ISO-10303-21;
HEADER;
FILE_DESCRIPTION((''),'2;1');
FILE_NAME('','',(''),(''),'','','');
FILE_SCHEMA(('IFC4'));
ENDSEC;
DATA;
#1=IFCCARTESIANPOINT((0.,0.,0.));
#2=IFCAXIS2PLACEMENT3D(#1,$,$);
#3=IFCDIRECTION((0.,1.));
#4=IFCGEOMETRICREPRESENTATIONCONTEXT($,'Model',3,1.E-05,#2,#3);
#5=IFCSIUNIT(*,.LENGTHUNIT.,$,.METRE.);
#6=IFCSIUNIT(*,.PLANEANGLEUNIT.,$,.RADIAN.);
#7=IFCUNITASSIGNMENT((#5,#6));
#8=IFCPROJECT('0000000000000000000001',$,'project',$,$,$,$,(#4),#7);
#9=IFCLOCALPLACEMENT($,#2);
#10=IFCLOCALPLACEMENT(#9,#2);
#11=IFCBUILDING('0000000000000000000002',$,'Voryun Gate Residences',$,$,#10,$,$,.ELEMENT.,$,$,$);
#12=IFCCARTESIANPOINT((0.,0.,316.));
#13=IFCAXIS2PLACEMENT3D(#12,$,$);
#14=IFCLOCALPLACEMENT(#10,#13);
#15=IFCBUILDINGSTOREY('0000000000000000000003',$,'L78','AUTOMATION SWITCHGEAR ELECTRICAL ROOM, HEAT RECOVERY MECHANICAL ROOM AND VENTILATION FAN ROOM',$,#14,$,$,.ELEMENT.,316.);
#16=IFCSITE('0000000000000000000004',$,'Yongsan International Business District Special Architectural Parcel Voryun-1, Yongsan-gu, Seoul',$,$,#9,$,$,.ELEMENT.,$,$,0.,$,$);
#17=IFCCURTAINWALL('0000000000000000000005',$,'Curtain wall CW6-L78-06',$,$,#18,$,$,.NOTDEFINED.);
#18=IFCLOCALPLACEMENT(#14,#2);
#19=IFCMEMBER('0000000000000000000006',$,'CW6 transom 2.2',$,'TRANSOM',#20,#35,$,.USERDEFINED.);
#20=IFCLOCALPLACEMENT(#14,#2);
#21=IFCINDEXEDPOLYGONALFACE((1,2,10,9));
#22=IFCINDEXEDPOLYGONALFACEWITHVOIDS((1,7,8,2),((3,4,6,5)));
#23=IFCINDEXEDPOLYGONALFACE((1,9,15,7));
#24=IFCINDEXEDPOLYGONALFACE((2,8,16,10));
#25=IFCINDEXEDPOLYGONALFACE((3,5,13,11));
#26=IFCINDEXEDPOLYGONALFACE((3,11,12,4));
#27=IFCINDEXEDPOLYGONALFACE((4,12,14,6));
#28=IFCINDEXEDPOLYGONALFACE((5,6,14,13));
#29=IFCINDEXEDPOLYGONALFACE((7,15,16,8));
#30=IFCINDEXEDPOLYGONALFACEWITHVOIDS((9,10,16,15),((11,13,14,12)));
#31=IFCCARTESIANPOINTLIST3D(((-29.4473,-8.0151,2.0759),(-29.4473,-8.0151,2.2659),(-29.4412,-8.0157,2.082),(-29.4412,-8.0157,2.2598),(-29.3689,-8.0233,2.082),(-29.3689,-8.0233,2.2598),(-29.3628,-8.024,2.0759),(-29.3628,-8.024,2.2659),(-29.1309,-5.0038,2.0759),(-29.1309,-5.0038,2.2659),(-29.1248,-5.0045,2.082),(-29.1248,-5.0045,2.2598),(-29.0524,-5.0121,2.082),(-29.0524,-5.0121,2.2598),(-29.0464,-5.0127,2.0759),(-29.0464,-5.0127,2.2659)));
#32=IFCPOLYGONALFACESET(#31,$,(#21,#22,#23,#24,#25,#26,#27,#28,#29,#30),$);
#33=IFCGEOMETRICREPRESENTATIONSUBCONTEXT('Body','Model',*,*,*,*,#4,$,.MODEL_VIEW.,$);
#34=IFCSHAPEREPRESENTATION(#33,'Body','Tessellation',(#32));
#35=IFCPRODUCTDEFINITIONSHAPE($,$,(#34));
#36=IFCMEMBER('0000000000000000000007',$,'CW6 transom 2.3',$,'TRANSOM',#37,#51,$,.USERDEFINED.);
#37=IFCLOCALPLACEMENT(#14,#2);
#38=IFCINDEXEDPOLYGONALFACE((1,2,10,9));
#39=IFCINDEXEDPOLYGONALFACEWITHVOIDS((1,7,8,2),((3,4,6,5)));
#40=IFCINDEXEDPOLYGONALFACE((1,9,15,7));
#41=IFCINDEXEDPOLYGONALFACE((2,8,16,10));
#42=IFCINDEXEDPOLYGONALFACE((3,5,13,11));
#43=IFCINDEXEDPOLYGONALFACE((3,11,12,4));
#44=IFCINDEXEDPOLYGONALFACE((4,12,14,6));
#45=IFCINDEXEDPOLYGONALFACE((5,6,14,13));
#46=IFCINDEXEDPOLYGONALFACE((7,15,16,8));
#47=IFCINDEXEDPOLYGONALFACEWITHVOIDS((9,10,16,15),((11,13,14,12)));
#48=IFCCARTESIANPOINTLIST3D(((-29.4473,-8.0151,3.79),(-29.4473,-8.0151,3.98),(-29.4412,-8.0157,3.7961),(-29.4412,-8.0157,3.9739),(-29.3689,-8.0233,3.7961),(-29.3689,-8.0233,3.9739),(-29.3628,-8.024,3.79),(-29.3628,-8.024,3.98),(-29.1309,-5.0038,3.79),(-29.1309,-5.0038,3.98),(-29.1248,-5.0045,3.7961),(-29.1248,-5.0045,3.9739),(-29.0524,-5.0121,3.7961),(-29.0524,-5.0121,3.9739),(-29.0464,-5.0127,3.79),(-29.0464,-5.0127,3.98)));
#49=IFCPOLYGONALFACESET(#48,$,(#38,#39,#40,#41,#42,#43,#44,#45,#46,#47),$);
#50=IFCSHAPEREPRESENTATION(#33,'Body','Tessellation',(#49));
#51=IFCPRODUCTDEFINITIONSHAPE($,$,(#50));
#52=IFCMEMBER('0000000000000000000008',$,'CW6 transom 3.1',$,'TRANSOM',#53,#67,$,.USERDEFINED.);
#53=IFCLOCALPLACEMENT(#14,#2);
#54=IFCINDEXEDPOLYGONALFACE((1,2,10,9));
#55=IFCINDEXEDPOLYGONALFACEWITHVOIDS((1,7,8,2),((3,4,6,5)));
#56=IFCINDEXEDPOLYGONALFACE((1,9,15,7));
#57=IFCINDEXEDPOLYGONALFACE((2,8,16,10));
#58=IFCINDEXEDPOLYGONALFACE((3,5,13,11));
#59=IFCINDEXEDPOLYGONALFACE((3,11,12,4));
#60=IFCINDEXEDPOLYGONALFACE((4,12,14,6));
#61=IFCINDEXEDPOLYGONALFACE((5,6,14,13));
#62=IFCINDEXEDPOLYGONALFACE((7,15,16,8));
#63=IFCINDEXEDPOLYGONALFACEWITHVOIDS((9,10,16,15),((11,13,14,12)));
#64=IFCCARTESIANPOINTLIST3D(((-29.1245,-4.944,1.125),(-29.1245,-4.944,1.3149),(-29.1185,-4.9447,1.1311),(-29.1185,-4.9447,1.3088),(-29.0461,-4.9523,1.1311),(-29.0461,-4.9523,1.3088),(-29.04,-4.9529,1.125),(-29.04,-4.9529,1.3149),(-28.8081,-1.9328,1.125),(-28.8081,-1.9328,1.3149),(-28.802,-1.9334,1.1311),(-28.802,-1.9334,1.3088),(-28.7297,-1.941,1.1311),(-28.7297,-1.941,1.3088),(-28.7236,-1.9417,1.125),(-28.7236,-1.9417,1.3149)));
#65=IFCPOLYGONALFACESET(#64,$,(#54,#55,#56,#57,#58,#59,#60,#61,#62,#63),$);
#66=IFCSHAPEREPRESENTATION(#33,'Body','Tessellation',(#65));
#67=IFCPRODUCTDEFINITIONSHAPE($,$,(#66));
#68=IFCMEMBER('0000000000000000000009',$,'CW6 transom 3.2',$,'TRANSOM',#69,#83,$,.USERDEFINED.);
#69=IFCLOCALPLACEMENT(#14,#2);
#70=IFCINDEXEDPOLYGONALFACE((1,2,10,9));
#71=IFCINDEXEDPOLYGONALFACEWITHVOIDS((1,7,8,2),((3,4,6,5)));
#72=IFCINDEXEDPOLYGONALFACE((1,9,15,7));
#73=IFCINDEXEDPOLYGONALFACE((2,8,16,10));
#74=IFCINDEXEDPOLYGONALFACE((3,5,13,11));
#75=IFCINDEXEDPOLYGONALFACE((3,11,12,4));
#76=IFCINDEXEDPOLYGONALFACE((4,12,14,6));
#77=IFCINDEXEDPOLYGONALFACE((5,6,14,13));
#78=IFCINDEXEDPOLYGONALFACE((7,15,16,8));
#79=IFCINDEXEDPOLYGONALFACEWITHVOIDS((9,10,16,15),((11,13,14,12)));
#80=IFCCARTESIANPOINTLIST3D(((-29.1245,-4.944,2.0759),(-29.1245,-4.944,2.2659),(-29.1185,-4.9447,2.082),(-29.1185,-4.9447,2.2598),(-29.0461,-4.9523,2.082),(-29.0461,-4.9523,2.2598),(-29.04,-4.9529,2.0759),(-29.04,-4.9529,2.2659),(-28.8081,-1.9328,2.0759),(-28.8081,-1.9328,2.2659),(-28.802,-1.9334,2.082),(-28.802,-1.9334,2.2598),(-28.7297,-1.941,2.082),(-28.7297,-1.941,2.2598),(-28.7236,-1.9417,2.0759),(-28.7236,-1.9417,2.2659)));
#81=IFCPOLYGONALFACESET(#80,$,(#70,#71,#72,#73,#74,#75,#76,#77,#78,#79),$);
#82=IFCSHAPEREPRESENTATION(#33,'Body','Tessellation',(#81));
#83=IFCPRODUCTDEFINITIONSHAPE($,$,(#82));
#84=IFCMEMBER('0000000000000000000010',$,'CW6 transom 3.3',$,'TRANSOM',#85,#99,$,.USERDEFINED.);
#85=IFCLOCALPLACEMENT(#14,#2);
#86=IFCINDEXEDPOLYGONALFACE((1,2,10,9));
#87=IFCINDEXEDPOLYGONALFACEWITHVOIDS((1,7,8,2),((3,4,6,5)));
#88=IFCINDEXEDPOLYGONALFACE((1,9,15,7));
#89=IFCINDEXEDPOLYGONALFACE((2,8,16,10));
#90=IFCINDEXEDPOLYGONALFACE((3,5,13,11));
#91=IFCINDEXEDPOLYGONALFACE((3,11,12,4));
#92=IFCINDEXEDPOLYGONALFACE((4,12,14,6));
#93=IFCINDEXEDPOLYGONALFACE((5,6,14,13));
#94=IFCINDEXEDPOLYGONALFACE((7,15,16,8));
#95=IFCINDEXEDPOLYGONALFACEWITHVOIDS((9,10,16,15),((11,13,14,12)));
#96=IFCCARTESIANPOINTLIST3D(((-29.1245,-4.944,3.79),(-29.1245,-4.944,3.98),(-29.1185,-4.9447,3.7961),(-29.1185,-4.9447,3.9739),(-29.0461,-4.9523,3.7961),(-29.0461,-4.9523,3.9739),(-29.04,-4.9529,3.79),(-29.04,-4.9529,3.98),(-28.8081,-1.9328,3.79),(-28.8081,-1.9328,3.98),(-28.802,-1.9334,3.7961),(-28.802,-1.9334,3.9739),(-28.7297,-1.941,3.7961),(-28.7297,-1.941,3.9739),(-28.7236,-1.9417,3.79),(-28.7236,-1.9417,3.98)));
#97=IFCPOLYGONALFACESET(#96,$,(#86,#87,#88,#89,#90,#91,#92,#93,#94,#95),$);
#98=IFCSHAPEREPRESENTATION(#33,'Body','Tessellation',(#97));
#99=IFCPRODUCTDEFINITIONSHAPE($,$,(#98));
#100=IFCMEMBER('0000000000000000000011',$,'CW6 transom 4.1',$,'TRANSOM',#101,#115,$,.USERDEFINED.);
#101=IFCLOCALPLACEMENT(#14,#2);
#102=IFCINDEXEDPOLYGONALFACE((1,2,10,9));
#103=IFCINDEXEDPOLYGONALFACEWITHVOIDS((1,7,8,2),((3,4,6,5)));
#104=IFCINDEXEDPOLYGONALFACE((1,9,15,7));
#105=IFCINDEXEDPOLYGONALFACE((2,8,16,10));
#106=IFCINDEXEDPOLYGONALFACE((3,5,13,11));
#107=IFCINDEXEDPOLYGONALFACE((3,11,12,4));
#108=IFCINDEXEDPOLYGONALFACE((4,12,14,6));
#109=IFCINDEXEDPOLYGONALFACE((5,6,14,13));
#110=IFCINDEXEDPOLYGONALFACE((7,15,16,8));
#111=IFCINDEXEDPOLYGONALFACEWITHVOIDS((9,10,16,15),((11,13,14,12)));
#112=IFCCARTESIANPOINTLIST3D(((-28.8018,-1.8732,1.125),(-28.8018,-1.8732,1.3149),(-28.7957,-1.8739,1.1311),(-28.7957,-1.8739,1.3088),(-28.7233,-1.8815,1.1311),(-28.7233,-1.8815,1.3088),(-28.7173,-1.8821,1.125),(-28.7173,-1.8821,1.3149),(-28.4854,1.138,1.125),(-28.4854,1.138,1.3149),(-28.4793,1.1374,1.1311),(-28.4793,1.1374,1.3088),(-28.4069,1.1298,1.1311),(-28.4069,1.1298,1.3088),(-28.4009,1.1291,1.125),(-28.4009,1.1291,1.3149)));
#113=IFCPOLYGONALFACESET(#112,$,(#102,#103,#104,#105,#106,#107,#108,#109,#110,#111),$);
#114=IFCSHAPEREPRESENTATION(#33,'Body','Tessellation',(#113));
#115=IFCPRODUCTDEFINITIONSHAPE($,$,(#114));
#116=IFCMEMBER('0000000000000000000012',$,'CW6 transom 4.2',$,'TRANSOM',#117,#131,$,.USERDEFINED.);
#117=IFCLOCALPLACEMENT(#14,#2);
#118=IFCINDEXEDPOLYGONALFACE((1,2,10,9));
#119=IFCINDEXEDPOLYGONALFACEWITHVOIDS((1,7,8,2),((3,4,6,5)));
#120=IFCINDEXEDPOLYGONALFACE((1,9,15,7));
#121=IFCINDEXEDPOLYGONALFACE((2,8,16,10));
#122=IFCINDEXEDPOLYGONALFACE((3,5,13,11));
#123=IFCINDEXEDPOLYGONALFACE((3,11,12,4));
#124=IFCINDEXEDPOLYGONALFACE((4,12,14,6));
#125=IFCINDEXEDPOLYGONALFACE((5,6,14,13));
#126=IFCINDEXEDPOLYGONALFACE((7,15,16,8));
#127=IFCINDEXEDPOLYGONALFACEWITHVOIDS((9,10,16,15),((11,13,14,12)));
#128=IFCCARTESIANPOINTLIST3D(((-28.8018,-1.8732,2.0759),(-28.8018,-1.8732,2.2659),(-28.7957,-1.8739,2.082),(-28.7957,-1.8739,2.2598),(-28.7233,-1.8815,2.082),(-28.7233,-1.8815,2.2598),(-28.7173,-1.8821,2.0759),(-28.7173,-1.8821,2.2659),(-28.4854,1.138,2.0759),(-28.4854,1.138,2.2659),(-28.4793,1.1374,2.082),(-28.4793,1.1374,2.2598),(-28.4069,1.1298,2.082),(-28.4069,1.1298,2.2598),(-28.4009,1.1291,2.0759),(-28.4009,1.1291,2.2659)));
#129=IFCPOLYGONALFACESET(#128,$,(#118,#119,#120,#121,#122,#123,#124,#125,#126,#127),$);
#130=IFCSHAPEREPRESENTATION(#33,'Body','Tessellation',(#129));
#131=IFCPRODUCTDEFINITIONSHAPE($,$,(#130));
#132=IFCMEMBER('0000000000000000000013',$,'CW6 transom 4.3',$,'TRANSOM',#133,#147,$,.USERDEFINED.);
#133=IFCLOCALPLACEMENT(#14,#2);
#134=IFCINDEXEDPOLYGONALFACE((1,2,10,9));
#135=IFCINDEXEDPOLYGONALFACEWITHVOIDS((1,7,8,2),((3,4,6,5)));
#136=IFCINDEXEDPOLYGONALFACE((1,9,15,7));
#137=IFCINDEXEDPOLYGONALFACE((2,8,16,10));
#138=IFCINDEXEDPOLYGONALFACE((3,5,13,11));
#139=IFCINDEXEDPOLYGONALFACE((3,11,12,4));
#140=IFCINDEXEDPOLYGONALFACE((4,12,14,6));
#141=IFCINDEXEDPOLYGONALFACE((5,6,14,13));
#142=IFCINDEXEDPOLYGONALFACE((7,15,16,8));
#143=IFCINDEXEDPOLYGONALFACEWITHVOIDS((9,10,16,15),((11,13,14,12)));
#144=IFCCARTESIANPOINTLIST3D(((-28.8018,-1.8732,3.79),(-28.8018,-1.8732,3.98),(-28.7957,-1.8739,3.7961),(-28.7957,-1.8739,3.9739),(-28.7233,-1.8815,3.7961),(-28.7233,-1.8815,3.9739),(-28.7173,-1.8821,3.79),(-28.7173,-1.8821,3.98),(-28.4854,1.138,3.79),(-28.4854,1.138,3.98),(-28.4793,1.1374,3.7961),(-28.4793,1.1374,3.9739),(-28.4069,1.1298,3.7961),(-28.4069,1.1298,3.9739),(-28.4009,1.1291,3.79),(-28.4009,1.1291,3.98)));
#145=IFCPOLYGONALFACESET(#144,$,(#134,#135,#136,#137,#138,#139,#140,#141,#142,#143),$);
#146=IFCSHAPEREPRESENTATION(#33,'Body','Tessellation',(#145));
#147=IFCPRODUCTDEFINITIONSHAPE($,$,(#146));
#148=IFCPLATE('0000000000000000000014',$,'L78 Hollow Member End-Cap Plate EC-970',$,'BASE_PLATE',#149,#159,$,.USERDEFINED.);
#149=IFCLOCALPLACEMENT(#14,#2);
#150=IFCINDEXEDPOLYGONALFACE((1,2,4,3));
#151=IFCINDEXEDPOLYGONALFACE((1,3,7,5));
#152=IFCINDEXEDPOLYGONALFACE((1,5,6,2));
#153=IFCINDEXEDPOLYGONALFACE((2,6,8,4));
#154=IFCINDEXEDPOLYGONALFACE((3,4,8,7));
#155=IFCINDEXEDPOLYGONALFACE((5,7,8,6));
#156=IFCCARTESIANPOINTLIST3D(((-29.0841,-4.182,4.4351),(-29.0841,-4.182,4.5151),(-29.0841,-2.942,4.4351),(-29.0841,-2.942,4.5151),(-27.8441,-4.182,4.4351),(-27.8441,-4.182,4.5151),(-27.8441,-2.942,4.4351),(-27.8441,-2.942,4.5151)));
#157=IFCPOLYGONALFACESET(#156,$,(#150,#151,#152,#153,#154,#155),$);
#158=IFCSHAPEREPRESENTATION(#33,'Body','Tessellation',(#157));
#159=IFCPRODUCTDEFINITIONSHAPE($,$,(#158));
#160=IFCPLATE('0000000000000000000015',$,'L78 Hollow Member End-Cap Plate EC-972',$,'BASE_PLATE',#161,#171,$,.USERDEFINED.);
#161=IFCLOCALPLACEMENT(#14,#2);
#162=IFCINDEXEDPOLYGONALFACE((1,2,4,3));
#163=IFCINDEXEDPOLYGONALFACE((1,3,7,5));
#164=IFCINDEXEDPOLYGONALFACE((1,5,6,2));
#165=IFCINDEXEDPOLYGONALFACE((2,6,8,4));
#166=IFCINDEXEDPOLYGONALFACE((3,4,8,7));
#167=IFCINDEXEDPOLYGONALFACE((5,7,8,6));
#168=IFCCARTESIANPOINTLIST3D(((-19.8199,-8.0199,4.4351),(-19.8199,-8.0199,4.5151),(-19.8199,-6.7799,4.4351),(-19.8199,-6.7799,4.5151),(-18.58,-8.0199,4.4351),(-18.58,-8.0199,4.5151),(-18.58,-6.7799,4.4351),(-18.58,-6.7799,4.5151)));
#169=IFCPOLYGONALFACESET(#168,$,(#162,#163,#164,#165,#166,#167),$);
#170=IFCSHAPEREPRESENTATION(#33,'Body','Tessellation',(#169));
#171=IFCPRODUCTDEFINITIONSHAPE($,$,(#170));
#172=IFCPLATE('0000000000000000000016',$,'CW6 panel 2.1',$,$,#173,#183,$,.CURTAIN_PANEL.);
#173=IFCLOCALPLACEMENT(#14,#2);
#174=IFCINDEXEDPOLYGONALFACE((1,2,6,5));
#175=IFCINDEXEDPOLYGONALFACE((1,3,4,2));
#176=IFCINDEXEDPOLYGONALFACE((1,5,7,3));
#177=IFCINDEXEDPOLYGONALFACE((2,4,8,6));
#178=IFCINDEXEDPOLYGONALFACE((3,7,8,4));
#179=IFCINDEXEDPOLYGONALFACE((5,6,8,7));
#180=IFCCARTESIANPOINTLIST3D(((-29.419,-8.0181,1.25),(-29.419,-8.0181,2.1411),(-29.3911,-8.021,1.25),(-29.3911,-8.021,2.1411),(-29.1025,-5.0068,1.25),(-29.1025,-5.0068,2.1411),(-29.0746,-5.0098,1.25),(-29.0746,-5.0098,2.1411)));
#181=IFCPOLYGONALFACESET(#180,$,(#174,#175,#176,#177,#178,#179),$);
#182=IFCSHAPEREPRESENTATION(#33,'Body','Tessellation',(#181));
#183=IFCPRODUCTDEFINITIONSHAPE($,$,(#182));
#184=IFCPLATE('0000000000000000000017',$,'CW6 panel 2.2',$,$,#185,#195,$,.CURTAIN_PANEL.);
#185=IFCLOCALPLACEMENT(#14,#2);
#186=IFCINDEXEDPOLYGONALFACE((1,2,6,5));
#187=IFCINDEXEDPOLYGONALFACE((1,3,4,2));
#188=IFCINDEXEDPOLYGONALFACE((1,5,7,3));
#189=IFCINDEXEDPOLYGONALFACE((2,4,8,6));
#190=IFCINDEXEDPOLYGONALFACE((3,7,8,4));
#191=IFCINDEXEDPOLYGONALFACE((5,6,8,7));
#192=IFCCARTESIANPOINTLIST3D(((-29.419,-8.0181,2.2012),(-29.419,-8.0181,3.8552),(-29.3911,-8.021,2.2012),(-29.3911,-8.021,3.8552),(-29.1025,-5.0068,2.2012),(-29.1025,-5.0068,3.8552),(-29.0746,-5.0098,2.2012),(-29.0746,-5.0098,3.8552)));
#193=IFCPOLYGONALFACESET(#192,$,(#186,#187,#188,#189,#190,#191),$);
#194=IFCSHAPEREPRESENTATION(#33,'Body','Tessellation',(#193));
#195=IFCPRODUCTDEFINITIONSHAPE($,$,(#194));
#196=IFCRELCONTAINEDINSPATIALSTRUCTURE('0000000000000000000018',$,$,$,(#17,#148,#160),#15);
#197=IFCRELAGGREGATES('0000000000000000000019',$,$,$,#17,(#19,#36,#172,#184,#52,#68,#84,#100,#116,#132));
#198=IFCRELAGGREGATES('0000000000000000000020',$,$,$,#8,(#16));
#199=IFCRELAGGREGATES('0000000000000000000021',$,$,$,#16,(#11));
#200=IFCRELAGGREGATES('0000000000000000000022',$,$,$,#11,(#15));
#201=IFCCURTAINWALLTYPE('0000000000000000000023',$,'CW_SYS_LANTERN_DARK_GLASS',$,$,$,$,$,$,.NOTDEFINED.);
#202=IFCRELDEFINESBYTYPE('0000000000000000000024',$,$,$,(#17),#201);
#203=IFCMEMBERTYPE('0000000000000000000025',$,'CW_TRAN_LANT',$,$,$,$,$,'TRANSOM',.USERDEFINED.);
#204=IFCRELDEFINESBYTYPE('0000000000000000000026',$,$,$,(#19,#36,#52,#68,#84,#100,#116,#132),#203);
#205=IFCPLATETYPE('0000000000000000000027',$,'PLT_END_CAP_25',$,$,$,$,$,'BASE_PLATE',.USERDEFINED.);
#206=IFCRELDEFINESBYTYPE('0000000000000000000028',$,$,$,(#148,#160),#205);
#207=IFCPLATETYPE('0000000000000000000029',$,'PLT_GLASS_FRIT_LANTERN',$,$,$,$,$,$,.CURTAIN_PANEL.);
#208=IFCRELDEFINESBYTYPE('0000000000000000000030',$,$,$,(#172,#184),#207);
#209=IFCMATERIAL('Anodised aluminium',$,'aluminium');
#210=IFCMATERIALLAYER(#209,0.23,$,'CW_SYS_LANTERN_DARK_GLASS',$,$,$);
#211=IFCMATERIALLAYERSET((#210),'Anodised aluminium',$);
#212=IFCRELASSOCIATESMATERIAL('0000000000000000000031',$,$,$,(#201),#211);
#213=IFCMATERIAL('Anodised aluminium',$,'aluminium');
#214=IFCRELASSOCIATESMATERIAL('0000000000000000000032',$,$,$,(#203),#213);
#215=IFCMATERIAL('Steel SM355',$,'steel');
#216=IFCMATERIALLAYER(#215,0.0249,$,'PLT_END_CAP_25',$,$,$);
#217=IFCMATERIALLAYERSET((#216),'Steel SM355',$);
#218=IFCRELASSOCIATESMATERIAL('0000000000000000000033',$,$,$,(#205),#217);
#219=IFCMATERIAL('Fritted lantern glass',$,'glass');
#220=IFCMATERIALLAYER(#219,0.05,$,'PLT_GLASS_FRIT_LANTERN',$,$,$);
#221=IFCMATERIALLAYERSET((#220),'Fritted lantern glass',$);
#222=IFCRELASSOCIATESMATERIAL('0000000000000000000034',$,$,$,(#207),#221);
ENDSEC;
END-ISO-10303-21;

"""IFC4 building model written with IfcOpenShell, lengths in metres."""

from ifc_helpers import new_model, si_unit, direction, frame, origin, origin_2d, place, context, subcontext, project, spatial, rectangle, hollow_rectangle, extrude, material, layer, layer_set, material_profile, profile_set, type_object, element, aggregate, save


model = new_model("IFC4")

# Units and contexts
model_context = context("Model", 3, precision=1e-05, world=origin(), true_north=direction((0.0, 1.0)))
body_context = subcontext(model_context, "Body", "Model", "MODEL_VIEW")
ifc_project = project(units=[si_unit("LENGTHUNIT", "METRE"), si_unit("PLANEANGLEUNIT", "RADIAN")], contexts=[model_context])

# Site, building, storey
site_placement = place(None, origin())
site = spatial("IfcSite", under=ifc_project, at=site_placement, Name="Yongsan International Business District Special Architectural Parcel Voryun-1, Yongsan-gu, Seoul", CompositionType="ELEMENT", RefElevation=0.0)
building_placement = place(site_placement, origin())
building = spatial("IfcBuilding", under=site, at=building_placement, Name="Voryun Gate Residences", CompositionType="ELEMENT")
storey_placement = place(building_placement, frame((0.0, 0.0, 316.0)))
storey = spatial("IfcBuildingStorey", under=building, at=storey_placement, Name="L78", Description="AUTOMATION SWITCHGEAR ELECTRICAL ROOM, HEAT RECOVERY MECHANICAL ROOM AND VENTILATION FAN ROOM", CompositionType="ELEMENT", Elevation=316.0)

# Curtain wall, members
ifc_material_1 = material(Name="Anodised aluminium", Category="aluminium")
ifc_layer_1 = layer(ifc_material_1, 0.23, Name="CW_SYS_LANTERN_DARK_GLASS")
ifc_layer_set_1 = layer_set([ifc_layer_1], Name="Anodised aluminium")
curtain_wall_type = type_object("IfcCurtainWallType", Name="CW_SYS_LANTERN_DARK_GLASS", PredefinedType="NOTDEFINED", material=ifc_layer_set_1)
curtain_wall_placement = place(storey_placement, origin())
curtain_wall = element("IfcCurtainWall", 1, at=curtain_wall_placement, inside=storey, type_object=curtain_wall_type, Name="Curtain wall CW6-L78-06", PredefinedType="NOTDEFINED")
ifc_material_2 = material(Name="Anodised aluminium", Category="aluminium")
ifc_material_profile_1 = material_profile(ifc_material_2, hollow_rectangle(XDim=0.085, YDim=0.1899, WallThickness=0.0061, at=origin_2d()), Name="ALU-TRAN-190x85x6")
ifc_profile_set_1 = profile_set([ifc_material_profile_1], Name="Anodised aluminium")
member_type_1 = type_object("IfcMemberType", Name="CW_TRAN_LANT", ElementType="TRANSOM", PredefinedType="USERDEFINED", material=ifc_profile_set_1)
member_1_placement = place(storey_placement, frame((-29.405, -8.0195, 2.1709), z_axis=(0.1045, 0.994525, 0.0), x_axis=(-0.994525, 0.1045, 0.0)))
member_1 = element("IfcMember", 2, at=member_1_placement, type_object=member_type_1, Name="CW6 transom 2.2", ObjectType="TRANSOM", PredefinedType="USERDEFINED", context=body_context, shape_type="SweptSolid", body=[
    extrude(hollow_rectangle(XDim=0.085, YDim=0.1899, WallThickness=0.0061, at=origin_2d()), origin(), (0.0, 0.0, 1.0), 3.0278),
])
member_2_placement = place(storey_placement, frame((-29.405, -8.0195, 3.885), z_axis=(0.1045, 0.994525, 0.0), x_axis=(-0.994525, 0.1045, 0.0)))
member_2 = element("IfcMember", 3, at=member_2_placement, type_object=member_type_1, Name="CW6 transom 2.3", ObjectType="TRANSOM", PredefinedType="USERDEFINED", context=body_context, shape_type="SweptSolid", body=[
    extrude(hollow_rectangle(XDim=0.085, YDim=0.1899, WallThickness=0.0061, at=origin_2d()), origin(), (0.0, 0.0, 1.0), 3.0278),
])
member_3_placement = place(storey_placement, frame((-29.0823, -4.9485, 1.22), z_axis=(0.1045, 0.994525, 0.0), x_axis=(-0.994525, 0.1045, 0.0)))
member_3 = element("IfcMember", 4, at=member_3_placement, type_object=member_type_1, Name="CW6 transom 3.1", ObjectType="TRANSOM", PredefinedType="USERDEFINED", context=body_context, shape_type="SweptSolid", body=[
    extrude(hollow_rectangle(XDim=0.085, YDim=0.1899, WallThickness=0.0061, at=origin_2d()), origin(), (0.0, 0.0, 1.0), 3.0278),
])
member_4_placement = place(storey_placement, frame((-29.0823, -4.9485, 2.1709), z_axis=(0.1045, 0.994525, 0.0), x_axis=(-0.994525, 0.1045, 0.0)))
member_4 = element("IfcMember", 5, at=member_4_placement, type_object=member_type_1, Name="CW6 transom 3.2", ObjectType="TRANSOM", PredefinedType="USERDEFINED", context=body_context, shape_type="SweptSolid", body=[
    extrude(hollow_rectangle(XDim=0.085, YDim=0.1899, WallThickness=0.0061, at=origin_2d()), origin(), (0.0, 0.0, 1.0), 3.0278),
])
member_5_placement = place(storey_placement, frame((-29.0823, -4.9485, 3.885), z_axis=(0.1045, 0.994525, 0.0), x_axis=(-0.994525, 0.1045, 0.0)))
member_5 = element("IfcMember", 6, at=member_5_placement, type_object=member_type_1, Name="CW6 transom 3.3", ObjectType="TRANSOM", PredefinedType="USERDEFINED", context=body_context, shape_type="SweptSolid", body=[
    extrude(hollow_rectangle(XDim=0.085, YDim=0.1899, WallThickness=0.0061, at=origin_2d()), origin(), (0.0, 0.0, 1.0), 3.0278),
])
member_6_placement = place(storey_placement, frame((-28.7595, -1.8777, 1.22), z_axis=(0.1045, 0.994525, 0.0), x_axis=(-0.994525, 0.1045, 0.0)))
member_6 = element("IfcMember", 7, at=member_6_placement, type_object=member_type_1, Name="CW6 transom 4.1", ObjectType="TRANSOM", PredefinedType="USERDEFINED", context=body_context, shape_type="SweptSolid", body=[
    extrude(hollow_rectangle(XDim=0.085, YDim=0.1899, WallThickness=0.0061, at=origin_2d()), origin(), (0.0, 0.0, 1.0), 3.0278),
])
member_7_placement = place(storey_placement, frame((-28.7595, -1.8777, 2.1709), z_axis=(0.1045, 0.994525, 0.0), x_axis=(-0.994525, 0.1045, 0.0)))
member_7 = element("IfcMember", 8, at=member_7_placement, type_object=member_type_1, Name="CW6 transom 4.2", ObjectType="TRANSOM", PredefinedType="USERDEFINED", context=body_context, shape_type="SweptSolid", body=[
    extrude(hollow_rectangle(XDim=0.085, YDim=0.1899, WallThickness=0.0061, at=origin_2d()), origin(), (0.0, 0.0, 1.0), 3.0278),
])
member_8_placement = place(storey_placement, frame((-28.7595, -1.8777, 3.885), z_axis=(0.1045, 0.994525, 0.0), x_axis=(-0.994525, 0.1045, 0.0)))
member_8 = element("IfcMember", 9, at=member_8_placement, type_object=member_type_1, Name="CW6 transom 4.3", ObjectType="TRANSOM", PredefinedType="USERDEFINED", context=body_context, shape_type="SweptSolid", body=[
    extrude(hollow_rectangle(XDim=0.085, YDim=0.1899, WallThickness=0.0061, at=origin_2d()), origin(), (0.0, 0.0, 1.0), 3.0278),
])

# Plates
ifc_material_3 = material(Name="Steel SM355", Category="steel")
ifc_layer_2 = layer(ifc_material_3, 0.0249, Name="PLT_END_CAP_25")
ifc_layer_set_2 = layer_set([ifc_layer_2], Name="Steel SM355")
plate_type_1 = type_object("IfcPlateType", Name="PLT_END_CAP_25", ElementType="BASE_PLATE", PredefinedType="USERDEFINED", material=ifc_layer_set_2)
for number, where, z_axis, x_axis, name in (
    (10, (-28.4641, -3.562, 4.4351), (0.0, 0.0, 1.0), (1.0, 0.0, 0.0), "L78 Hollow Member End-Cap Plate EC-970"),
    (11, (-19.2, -7.3999, 4.4351), (0.0, 0.0, 1.0), (1.0, 0.0, 0.0), "L78 Hollow Member End-Cap Plate EC-972"),
):
    element("IfcPlate", number, at=place(storey_placement, frame(where, z_axis=z_axis, x_axis=x_axis)), inside=storey, type_object=plate_type_1, Name=name, ObjectType="BASE_PLATE", PredefinedType="USERDEFINED", context=body_context, shape_type="SweptSolid", body=[
        extrude(rectangle(XDim=1.24, YDim=1.24, at=origin_2d()), origin(), (0.0, 0.0, 1.0), 0.0801),
    ])

# Plates
ifc_material_4 = material(Name="Fritted lantern glass", Category="glass")
ifc_layer_3 = layer(ifc_material_4, 0.05, Name="PLT_GLASS_FRIT_LANTERN")
ifc_layer_set_3 = layer_set([ifc_layer_3], Name="Fritted lantern glass")
plate_type_2 = type_object("IfcPlateType", Name="PLT_GLASS_FRIT_LANTERN", PredefinedType="CURTAIN_PANEL", material=ifc_layer_set_3)
plate_1_placement = place(storey_placement, frame((-29.2468, -6.5139, 1.25), z_axis=(0.0, 0.0, 1.0), x_axis=(0.104528, 0.994522, 0.0)))
plate_1 = element("IfcPlate", 12, at=plate_1_placement, type_object=plate_type_2, Name="CW6 panel 2.1", PredefinedType="CURTAIN_PANEL", context=body_context, shape_type="SweptSolid", body=[
    extrude(rectangle(XDim=3.0278, YDim=0.0281, at=origin_2d()), origin(), (0.0, 0.0, 1.0), 0.8911),
])
plate_2_placement = place(storey_placement, frame((-29.2468, -6.5139, 2.2012), z_axis=(0.0, 0.0, 1.0), x_axis=(0.104528, 0.994522, 0.0)))
plate_2 = element("IfcPlate", 13, at=plate_2_placement, type_object=plate_type_2, Name="CW6 panel 2.2", PredefinedType="CURTAIN_PANEL", context=body_context, shape_type="SweptSolid", body=[
    extrude(rectangle(XDim=3.0278, YDim=0.0281, at=origin_2d()), origin(), (0.0, 0.0, 1.0), 1.6541),
])
aggregate(curtain_wall, [member_1, member_2, plate_1, plate_2, member_3, member_4, member_5, member_6, member_7, member_8])

save(model, "model.ifc")
